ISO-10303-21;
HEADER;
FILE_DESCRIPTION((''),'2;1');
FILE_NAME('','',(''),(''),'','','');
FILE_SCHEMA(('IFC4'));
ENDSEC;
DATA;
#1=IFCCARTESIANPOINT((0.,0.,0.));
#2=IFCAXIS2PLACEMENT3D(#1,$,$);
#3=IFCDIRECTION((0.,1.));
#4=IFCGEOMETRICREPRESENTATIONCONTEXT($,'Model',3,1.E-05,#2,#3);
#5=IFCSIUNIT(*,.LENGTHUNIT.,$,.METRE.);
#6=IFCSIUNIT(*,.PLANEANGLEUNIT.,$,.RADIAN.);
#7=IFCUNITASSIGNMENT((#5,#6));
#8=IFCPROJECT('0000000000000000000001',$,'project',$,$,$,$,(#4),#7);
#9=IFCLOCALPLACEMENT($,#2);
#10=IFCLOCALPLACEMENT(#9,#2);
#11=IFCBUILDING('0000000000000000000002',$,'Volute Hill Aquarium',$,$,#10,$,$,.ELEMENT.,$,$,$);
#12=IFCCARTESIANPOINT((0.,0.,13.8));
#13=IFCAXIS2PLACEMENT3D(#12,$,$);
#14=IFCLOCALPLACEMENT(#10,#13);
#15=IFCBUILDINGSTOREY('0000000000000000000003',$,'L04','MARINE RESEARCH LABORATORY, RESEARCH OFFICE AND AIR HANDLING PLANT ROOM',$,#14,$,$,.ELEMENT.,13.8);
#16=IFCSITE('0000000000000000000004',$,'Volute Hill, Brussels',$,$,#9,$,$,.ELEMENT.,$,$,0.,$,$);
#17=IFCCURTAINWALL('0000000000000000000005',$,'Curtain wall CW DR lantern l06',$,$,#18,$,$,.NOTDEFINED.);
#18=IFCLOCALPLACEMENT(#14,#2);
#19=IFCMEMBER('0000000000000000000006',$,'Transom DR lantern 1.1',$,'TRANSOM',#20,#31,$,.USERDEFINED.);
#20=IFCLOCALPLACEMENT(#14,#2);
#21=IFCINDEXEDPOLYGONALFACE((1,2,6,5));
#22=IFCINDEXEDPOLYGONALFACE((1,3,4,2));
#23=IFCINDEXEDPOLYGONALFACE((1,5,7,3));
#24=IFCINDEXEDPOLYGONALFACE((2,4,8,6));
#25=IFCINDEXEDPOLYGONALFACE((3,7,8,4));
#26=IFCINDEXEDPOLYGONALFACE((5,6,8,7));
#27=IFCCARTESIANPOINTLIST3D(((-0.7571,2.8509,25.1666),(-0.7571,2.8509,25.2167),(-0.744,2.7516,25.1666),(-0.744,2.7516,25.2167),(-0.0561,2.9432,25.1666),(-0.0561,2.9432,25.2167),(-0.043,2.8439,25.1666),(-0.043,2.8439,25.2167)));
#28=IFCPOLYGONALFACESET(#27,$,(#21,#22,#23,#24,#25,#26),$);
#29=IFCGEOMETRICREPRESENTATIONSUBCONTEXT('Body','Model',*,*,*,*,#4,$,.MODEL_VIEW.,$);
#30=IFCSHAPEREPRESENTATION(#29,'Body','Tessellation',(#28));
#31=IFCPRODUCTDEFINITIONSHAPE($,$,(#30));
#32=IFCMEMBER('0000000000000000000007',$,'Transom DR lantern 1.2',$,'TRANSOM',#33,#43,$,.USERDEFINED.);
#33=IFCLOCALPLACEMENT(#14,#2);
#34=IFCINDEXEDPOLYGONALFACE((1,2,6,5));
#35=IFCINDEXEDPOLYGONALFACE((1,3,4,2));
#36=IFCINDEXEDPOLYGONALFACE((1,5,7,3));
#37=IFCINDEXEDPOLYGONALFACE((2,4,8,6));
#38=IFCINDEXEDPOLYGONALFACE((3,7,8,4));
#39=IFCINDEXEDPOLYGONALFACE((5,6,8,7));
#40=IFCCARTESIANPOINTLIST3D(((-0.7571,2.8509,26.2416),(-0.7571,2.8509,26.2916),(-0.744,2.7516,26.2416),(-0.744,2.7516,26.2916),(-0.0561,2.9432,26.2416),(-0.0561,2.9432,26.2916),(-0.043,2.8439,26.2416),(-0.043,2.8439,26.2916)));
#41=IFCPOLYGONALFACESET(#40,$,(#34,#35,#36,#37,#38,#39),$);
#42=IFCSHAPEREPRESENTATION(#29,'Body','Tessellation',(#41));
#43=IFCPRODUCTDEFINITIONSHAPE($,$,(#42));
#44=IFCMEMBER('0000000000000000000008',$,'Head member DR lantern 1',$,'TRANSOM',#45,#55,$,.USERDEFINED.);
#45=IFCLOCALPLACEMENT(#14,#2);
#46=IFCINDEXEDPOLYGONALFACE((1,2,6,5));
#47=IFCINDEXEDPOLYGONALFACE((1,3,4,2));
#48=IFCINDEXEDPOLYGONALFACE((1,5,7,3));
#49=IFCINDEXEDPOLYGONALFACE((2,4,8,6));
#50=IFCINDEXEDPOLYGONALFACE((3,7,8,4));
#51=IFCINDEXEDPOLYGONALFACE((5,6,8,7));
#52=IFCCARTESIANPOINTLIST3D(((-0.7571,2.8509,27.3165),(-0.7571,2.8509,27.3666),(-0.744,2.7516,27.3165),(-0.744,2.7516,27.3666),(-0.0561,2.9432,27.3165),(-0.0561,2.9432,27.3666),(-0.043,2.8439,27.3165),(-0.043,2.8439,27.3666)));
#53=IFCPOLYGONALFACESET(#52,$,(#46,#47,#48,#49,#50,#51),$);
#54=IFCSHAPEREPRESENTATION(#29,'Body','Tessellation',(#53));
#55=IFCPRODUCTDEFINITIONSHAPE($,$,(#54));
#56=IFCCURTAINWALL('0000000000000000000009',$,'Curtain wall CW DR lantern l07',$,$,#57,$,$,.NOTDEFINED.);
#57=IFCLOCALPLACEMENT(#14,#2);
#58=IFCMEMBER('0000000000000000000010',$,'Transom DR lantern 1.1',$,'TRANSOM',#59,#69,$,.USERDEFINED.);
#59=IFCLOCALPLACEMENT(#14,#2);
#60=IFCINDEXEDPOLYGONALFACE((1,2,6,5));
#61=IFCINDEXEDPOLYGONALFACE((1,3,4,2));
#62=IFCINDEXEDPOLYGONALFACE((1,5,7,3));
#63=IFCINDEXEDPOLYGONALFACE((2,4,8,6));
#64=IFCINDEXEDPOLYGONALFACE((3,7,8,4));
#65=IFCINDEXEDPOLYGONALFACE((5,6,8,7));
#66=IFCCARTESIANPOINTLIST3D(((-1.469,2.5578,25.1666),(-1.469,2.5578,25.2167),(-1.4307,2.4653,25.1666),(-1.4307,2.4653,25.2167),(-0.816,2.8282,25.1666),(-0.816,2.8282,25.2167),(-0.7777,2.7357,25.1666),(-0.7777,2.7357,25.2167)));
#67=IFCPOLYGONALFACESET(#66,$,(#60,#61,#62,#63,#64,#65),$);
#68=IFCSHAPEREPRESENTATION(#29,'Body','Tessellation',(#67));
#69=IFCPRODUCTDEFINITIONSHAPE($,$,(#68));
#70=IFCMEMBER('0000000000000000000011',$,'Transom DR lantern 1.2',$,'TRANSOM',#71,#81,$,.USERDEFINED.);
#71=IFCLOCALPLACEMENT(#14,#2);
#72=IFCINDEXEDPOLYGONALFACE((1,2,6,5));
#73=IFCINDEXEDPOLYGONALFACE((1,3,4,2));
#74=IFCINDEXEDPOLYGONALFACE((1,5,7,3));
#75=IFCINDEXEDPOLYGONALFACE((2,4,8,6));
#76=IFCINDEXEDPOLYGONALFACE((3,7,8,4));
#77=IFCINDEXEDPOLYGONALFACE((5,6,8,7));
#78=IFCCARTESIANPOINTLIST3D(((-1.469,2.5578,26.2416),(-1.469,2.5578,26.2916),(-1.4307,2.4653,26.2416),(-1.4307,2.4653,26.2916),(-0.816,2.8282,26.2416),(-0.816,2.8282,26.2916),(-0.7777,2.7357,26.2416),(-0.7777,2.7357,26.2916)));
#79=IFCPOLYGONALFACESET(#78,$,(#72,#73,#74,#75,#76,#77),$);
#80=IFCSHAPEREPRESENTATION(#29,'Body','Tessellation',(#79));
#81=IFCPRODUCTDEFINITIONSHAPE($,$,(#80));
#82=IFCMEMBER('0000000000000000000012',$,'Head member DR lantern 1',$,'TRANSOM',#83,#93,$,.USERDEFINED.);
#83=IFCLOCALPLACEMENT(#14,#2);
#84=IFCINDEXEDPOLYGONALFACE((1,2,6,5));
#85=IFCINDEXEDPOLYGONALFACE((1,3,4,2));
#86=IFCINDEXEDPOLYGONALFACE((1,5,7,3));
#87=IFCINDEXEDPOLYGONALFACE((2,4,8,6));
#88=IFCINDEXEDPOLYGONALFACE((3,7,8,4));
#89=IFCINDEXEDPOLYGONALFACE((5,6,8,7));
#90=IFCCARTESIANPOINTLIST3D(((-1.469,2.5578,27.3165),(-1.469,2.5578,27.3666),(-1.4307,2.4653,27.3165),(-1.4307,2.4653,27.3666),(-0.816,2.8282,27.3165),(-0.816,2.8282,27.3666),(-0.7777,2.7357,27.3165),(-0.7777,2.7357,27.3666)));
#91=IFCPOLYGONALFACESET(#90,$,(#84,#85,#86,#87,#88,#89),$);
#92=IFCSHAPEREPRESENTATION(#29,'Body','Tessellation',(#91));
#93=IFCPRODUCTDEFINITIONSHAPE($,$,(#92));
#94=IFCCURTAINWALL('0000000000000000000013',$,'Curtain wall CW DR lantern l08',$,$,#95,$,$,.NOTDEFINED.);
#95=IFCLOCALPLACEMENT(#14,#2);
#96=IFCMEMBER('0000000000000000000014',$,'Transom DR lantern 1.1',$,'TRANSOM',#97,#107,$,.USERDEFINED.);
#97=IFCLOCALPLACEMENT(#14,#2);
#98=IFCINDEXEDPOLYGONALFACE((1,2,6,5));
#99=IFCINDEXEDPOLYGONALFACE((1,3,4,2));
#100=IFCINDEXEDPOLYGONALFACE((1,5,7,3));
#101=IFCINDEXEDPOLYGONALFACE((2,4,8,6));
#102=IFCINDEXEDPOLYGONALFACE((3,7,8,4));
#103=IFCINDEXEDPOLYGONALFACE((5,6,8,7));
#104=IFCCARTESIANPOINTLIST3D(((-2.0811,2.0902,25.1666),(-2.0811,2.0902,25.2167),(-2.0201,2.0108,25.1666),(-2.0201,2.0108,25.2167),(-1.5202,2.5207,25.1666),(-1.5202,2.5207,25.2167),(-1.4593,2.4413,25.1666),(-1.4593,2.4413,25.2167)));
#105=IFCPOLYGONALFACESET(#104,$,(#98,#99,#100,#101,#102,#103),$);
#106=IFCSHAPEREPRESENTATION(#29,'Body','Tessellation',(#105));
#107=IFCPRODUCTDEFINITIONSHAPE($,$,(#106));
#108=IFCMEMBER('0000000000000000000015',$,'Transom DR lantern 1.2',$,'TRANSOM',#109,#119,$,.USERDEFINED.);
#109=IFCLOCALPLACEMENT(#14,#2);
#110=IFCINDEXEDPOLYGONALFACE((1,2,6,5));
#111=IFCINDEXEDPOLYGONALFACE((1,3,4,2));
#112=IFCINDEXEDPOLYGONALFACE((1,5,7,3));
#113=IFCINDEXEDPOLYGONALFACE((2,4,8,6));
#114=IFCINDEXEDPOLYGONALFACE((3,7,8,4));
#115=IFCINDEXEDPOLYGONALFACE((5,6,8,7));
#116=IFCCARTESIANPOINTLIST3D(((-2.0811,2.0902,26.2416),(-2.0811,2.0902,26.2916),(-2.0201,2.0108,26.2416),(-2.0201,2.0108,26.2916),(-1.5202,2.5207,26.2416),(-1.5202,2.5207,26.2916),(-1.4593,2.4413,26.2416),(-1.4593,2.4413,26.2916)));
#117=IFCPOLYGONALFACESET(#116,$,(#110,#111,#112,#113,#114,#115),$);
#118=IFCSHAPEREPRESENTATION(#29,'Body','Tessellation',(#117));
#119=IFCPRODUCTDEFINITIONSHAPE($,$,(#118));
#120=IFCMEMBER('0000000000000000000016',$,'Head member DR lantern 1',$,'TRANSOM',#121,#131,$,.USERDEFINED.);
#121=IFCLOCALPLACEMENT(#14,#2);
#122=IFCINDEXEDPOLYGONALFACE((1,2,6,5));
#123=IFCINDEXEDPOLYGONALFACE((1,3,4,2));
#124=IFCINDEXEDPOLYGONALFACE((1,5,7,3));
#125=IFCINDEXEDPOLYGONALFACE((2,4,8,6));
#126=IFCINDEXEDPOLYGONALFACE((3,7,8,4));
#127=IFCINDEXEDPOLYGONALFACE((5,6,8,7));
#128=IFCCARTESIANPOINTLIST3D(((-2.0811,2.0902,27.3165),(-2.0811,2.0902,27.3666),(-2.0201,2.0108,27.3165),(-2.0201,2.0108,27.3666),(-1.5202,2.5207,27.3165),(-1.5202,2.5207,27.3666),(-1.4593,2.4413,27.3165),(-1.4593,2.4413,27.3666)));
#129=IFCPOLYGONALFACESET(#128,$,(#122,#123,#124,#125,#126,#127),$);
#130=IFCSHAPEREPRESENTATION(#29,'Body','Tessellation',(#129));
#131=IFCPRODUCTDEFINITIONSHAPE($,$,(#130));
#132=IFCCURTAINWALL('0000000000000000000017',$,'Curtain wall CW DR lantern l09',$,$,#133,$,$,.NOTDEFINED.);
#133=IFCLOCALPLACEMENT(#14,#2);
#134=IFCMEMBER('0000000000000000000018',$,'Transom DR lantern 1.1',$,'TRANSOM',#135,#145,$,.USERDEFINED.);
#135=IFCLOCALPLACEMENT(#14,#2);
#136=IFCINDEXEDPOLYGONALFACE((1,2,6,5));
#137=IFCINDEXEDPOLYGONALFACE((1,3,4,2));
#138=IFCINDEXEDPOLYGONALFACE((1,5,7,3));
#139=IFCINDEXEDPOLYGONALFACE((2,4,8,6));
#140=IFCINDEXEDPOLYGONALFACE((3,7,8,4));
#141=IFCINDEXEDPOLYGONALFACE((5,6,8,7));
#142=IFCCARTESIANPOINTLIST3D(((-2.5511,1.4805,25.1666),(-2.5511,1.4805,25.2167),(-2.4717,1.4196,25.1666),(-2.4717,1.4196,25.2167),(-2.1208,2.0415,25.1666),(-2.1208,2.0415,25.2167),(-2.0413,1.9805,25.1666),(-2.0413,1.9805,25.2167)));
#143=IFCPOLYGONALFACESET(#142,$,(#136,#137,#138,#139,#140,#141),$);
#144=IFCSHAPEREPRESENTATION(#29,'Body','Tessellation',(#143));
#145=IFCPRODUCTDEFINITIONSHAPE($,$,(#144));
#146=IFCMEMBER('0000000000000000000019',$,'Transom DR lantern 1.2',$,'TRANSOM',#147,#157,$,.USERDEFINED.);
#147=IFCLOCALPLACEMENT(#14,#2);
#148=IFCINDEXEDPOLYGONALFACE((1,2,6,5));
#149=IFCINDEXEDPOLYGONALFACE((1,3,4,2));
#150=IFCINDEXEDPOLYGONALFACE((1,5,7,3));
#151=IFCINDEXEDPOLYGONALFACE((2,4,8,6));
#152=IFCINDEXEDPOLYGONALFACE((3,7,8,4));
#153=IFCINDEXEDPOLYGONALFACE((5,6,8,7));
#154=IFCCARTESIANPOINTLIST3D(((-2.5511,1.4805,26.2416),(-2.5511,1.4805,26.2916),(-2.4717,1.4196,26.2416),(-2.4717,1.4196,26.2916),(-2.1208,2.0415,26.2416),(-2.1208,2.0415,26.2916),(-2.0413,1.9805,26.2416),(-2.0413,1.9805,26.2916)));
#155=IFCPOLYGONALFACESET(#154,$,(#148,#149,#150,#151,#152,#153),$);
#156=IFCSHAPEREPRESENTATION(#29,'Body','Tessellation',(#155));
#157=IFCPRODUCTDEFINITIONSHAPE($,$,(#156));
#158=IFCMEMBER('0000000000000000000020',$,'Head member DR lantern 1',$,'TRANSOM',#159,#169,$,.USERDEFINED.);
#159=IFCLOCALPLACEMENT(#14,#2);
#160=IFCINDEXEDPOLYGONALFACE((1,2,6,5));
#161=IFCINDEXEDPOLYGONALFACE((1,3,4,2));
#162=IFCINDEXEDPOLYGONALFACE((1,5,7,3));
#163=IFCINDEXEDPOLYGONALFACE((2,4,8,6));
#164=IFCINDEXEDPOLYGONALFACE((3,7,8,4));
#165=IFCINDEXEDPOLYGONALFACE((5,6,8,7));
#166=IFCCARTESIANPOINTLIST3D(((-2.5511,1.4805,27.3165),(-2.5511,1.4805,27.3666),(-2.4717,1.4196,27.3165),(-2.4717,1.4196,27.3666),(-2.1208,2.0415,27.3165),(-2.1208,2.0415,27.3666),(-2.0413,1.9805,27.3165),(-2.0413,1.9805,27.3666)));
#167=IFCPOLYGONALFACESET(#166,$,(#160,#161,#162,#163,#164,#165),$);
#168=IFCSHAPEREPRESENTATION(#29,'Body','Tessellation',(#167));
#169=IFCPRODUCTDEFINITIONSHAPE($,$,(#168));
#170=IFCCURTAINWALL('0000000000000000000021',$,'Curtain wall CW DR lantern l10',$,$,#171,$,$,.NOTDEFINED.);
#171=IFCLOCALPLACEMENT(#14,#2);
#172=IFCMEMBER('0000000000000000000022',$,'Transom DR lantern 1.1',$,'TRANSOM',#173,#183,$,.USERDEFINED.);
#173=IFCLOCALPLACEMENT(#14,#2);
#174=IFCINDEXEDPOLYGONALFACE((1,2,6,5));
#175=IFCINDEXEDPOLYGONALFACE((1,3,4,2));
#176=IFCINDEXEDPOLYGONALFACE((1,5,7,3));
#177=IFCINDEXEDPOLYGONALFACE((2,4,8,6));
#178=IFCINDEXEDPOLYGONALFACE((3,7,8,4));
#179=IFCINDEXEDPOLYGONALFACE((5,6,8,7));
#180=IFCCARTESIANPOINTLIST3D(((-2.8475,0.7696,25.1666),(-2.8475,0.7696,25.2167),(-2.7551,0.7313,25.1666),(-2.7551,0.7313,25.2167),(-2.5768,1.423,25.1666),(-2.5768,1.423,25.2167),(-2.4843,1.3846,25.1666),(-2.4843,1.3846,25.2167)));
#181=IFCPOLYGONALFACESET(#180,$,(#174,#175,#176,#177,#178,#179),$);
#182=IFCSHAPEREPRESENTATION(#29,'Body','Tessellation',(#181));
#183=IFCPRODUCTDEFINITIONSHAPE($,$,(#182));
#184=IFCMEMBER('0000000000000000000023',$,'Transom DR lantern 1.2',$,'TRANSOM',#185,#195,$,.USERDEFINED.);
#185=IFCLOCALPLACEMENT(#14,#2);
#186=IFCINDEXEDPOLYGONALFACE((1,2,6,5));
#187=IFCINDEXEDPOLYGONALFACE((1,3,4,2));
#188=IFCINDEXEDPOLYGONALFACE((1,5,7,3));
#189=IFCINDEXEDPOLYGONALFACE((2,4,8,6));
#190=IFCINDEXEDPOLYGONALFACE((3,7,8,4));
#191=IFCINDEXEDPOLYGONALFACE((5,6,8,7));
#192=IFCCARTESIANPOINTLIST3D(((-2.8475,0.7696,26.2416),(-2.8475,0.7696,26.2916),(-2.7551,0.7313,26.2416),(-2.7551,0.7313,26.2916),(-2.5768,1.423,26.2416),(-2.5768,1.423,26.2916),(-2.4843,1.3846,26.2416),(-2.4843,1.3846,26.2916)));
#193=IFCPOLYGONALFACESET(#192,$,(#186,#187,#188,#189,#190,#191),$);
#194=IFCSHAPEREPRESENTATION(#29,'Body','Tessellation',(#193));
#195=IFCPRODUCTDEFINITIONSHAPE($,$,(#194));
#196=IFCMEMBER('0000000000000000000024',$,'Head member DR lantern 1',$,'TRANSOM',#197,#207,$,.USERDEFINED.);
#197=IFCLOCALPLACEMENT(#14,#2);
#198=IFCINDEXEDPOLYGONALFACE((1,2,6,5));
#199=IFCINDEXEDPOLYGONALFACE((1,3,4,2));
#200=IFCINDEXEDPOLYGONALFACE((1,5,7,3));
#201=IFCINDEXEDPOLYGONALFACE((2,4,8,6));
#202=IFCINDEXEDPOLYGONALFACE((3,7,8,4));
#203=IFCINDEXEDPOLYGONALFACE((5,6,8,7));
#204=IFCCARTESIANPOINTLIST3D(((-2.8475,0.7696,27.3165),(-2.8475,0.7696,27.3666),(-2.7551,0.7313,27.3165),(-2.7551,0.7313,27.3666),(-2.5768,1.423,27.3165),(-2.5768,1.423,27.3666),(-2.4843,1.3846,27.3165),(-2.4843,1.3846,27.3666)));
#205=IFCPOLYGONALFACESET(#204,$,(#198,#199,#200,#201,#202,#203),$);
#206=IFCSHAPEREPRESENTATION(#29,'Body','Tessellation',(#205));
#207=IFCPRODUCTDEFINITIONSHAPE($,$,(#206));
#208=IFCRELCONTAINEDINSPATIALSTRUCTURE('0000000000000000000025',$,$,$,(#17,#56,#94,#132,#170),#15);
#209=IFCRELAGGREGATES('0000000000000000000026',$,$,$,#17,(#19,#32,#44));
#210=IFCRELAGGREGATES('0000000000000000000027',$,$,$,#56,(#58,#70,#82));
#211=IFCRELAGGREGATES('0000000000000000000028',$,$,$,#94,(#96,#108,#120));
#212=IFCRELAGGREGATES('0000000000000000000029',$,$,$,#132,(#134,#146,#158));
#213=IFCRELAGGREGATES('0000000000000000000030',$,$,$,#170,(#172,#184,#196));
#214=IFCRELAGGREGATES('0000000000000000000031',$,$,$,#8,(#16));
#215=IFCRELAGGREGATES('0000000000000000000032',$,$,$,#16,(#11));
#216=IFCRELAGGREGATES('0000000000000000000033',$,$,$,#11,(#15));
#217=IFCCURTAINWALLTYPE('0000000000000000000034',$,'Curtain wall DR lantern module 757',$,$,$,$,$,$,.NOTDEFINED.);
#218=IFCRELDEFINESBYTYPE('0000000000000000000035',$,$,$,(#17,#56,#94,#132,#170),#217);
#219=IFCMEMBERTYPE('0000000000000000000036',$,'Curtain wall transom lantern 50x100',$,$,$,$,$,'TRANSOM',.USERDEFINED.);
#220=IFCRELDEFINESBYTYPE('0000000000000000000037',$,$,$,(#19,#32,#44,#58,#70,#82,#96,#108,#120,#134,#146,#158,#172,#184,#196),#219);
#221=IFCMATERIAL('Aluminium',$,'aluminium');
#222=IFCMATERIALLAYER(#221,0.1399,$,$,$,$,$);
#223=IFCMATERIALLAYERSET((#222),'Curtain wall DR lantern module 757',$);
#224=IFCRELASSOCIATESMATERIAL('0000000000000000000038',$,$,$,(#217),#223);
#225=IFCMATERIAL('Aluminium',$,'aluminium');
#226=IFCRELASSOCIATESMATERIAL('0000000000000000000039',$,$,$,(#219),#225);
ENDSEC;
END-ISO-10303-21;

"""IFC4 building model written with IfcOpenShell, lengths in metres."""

from ifc_helpers import new_model, si_unit, direction, frame, origin, origin_2d, place, context, subcontext, project, spatial, rectangle, extrude, material, layer, layer_set, material_profile, profile_set, type_object, element, aggregate, save


model = new_model("IFC4")

# Units and contexts
model_context = context("Model", 3, precision=1e-05, world=origin(), true_north=direction((0.0, 1.0)))
body_context = subcontext(model_context, "Body", "Model", "MODEL_VIEW")
ifc_project = project(units=[si_unit("LENGTHUNIT", "METRE"), si_unit("PLANEANGLEUNIT", "RADIAN")], contexts=[model_context])

# Site, building, storey
site_placement = place(None, origin())
site = spatial("IfcSite", under=ifc_project, at=site_placement, Name="Volute Hill, Brussels", CompositionType="ELEMENT", RefElevation=0.0)
building_placement = place(site_placement, origin())
building = spatial("IfcBuilding", under=site, at=building_placement, Name="Volute Hill Aquarium", CompositionType="ELEMENT")
storey_placement = place(building_placement, frame((0.0, 0.0, 13.8)))
storey = spatial("IfcBuildingStorey", under=building, at=storey_placement, Name="L04", Description="MARINE RESEARCH LABORATORY, RESEARCH OFFICE AND AIR HANDLING PLANT ROOM", CompositionType="ELEMENT", Elevation=13.8)

# Curtain walls, members
ifc_material_1 = material(Name="Aluminium", Category="aluminium")
ifc_layer_1 = layer(ifc_material_1, 0.1399)
ifc_layer_set_1 = layer_set([ifc_layer_1], Name="Curtain wall DR lantern module 757")
curtain_wall_type = type_object("IfcCurtainWallType", Name="Curtain wall DR lantern module 757", PredefinedType="NOTDEFINED", material=ifc_layer_set_1)
curtain_wall_1_placement = place(storey_placement, origin())
curtain_wall_1 = element("IfcCurtainWall", 1, at=curtain_wall_1_placement, inside=storey, type_object=curtain_wall_type, Name="Curtain wall CW DR lantern l06", PredefinedType="NOTDEFINED")
ifc_material_2 = material(Name="Aluminium", Category="aluminium")
ifc_material_profile = material_profile(ifc_material_2, rectangle(XDim=0.1001, YDim=0.05, at=origin_2d()), Name="Curtain wall transom lantern 50x100")
ifc_profile_set = profile_set([ifc_material_profile], Name="Aluminium")
member_type = type_object("IfcMemberType", Name="Curtain wall transom lantern 50x100", ElementType="TRANSOM", PredefinedType="USERDEFINED", material=ifc_profile_set)
member_1_placement = place(storey_placement, frame((-0.0496, 2.8936, 25.1917), z_axis=(-0.991444, -0.130535, 0.0), x_axis=(0.130535, -0.991444, 0.0)))
member_1 = element("IfcMember", 2, at=member_1_placement, type_object=member_type, Name="Transom DR lantern 1.1", ObjectType="TRANSOM", PredefinedType="USERDEFINED", context=body_context, shape_type="SweptSolid", body=[
    extrude(rectangle(XDim=0.1001, YDim=0.05, at=origin_2d()), origin(), (0.0, 0.0, 1.0), 0.707),
])
member_2_placement = place(storey_placement, frame((-0.0496, 2.8936, 26.2666), z_axis=(-0.991444, -0.130535, 0.0), x_axis=(0.130535, -0.991444, 0.0)))
member_2 = element("IfcMember", 3, at=member_2_placement, type_object=member_type, Name="Transom DR lantern 1.2", ObjectType="TRANSOM", PredefinedType="USERDEFINED", context=body_context, shape_type="SweptSolid", body=[
    extrude(rectangle(XDim=0.1001, YDim=0.05, at=origin_2d()), origin(), (0.0, 0.0, 1.0), 0.707),
])
member_3_placement = place(storey_placement, frame((-0.0496, 2.8936, 27.3416), z_axis=(-0.991444, -0.130535, 0.0), x_axis=(0.130535, -0.991444, 0.0)))
member_3 = element("IfcMember", 4, at=member_3_placement, type_object=member_type, Name="Head member DR lantern 1", ObjectType="TRANSOM", PredefinedType="USERDEFINED", context=body_context, shape_type="SweptSolid", body=[
    extrude(rectangle(XDim=0.1001, YDim=0.05, at=origin_2d()), origin(), (0.0, 0.0, 1.0), 0.707),
])
curtain_wall_2_placement = place(storey_placement, origin())
curtain_wall_2 = element("IfcCurtainWall", 5, at=curtain_wall_2_placement, inside=storey, type_object=curtain_wall_type, Name="Curtain wall CW DR lantern l07", PredefinedType="NOTDEFINED")
member_4_placement = place(storey_placement, frame((-0.7969, 2.782, 25.1917), z_axis=(-0.923882, -0.382677, 0.0), x_axis=(0.382677, -0.923882, 0.0)))
member_4 = element("IfcMember", 6, at=member_4_placement, type_object=member_type, Name="Transom DR lantern 1.1", ObjectType="TRANSOM", PredefinedType="USERDEFINED", context=body_context, shape_type="SweptSolid", body=[
    extrude(rectangle(XDim=0.1001, YDim=0.05, at=origin_2d()), origin(), (0.0, 0.0, 1.0), 0.7068),
])
member_5_placement = place(storey_placement, frame((-0.7969, 2.782, 26.2666), z_axis=(-0.923882, -0.382677, 0.0), x_axis=(0.382677, -0.923882, 0.0)))
member_5 = element("IfcMember", 7, at=member_5_placement, type_object=member_type, Name="Transom DR lantern 1.2", ObjectType="TRANSOM", PredefinedType="USERDEFINED", context=body_context, shape_type="SweptSolid", body=[
    extrude(rectangle(XDim=0.1001, YDim=0.05, at=origin_2d()), origin(), (0.0, 0.0, 1.0), 0.7068),
])
member_6_placement = place(storey_placement, frame((-0.7969, 2.782, 27.3416), z_axis=(-0.923882, -0.382677, 0.0), x_axis=(0.382677, -0.923882, 0.0)))
member_6 = element("IfcMember", 8, at=member_6_placement, type_object=member_type, Name="Head member DR lantern 1", ObjectType="TRANSOM", PredefinedType="USERDEFINED", context=body_context, shape_type="SweptSolid", body=[
    extrude(rectangle(XDim=0.1001, YDim=0.05, at=origin_2d()), origin(), (0.0, 0.0, 1.0), 0.7068),
])
curtain_wall_3_placement = place(storey_placement, origin())
curtain_wall_3 = element("IfcCurtainWall", 9, at=curtain_wall_3_placement, inside=storey, type_object=curtain_wall_type, Name="Curtain wall CW DR lantern l08", PredefinedType="NOTDEFINED")
member_7_placement = place(storey_placement, frame((-1.4897, 2.481, 25.1917), z_axis=(-0.793278, -0.608859, 0.0), x_axis=(0.608859, -0.793278, 0.0)))
member_7 = element("IfcMember", 10, at=member_7_placement, type_object=member_type, Name="Transom DR lantern 1.1", ObjectType="TRANSOM", PredefinedType="USERDEFINED", context=body_context, shape_type="SweptSolid", body=[
    extrude(rectangle(XDim=0.1001, YDim=0.05, at=origin_2d()), origin(), (0.0, 0.0, 1.0), 0.707),
])
member_8_placement = place(storey_placement, frame((-1.4897, 2.481, 26.2666), z_axis=(-0.793278, -0.608859, 0.0), x_axis=(0.608859, -0.793278, 0.0)))
member_8 = element("IfcMember", 11, at=member_8_placement, type_object=member_type, Name="Transom DR lantern 1.2", ObjectType="TRANSOM", PredefinedType="USERDEFINED", context=body_context, shape_type="SweptSolid", body=[
    extrude(rectangle(XDim=0.1001, YDim=0.05, at=origin_2d()), origin(), (0.0, 0.0, 1.0), 0.707),
])
member_9_placement = place(storey_placement, frame((-1.4897, 2.481, 27.3416), z_axis=(-0.793278, -0.608859, 0.0), x_axis=(0.608859, -0.793278, 0.0)))
member_9 = element("IfcMember", 12, at=member_9_placement, type_object=member_type, Name="Head member DR lantern 1", ObjectType="TRANSOM", PredefinedType="USERDEFINED", context=body_context, shape_type="SweptSolid", body=[
    extrude(rectangle(XDim=0.1001, YDim=0.05, at=origin_2d()), origin(), (0.0, 0.0, 1.0), 0.707),
])
curtain_wall_4_placement = place(storey_placement, origin())
curtain_wall_4 = element("IfcCurtainWall", 13, at=curtain_wall_4_placement, inside=storey, type_object=curtain_wall_type, Name="Curtain wall CW DR lantern l09", PredefinedType="NOTDEFINED")
member_10_placement = place(storey_placement, frame((-2.0811, 2.011, 25.1917), z_axis=(-0.608692, -0.793406, 0.0), x_axis=(0.793406, -0.608692, 0.0)))
member_10 = element("IfcMember", 14, at=member_10_placement, type_object=member_type, Name="Transom DR lantern 1.1", ObjectType="TRANSOM", PredefinedType="USERDEFINED", context=body_context, shape_type="SweptSolid", body=[
    extrude(rectangle(XDim=0.1001, YDim=0.05, at=origin_2d()), origin(), (0.0, 0.0, 1.0), 0.707),
])
member_11_placement = place(storey_placement, frame((-2.0811, 2.011, 26.2666), z_axis=(-0.608692, -0.793406, 0.0), x_axis=(0.793406, -0.608692, 0.0)))
member_11 = element("IfcMember", 15, at=member_11_placement, type_object=member_type, Name="Transom DR lantern 1.2", ObjectType="TRANSOM", PredefinedType="USERDEFINED", context=body_context, shape_type="SweptSolid", body=[
    extrude(rectangle(XDim=0.1001, YDim=0.05, at=origin_2d()), origin(), (0.0, 0.0, 1.0), 0.707),
])
member_12_placement = place(storey_placement, frame((-2.0811, 2.011, 27.3416), z_axis=(-0.608692, -0.793406, 0.0), x_axis=(0.793406, -0.608692, 0.0)))
member_12 = element("IfcMember", 16, at=member_12_placement, type_object=member_type, Name="Head member DR lantern 1", ObjectType="TRANSOM", PredefinedType="USERDEFINED", context=body_context, shape_type="SweptSolid", body=[
    extrude(rectangle(XDim=0.1001, YDim=0.05, at=origin_2d()), origin(), (0.0, 0.0, 1.0), 0.707),
])
curtain_wall_5_placement = place(storey_placement, origin())
curtain_wall_5 = element("IfcCurtainWall", 17, at=curtain_wall_5_placement, inside=storey, type_object=curtain_wall_type, Name="Curtain wall CW DR lantern l10", PredefinedType="NOTDEFINED")
member_13_placement = place(storey_placement, frame((-2.5305, 1.4038, 25.1917), z_axis=(-0.38285, -0.923811, 0.0), x_axis=(0.923811, -0.38285, 0.0)))
member_13 = element("IfcMember", 18, at=member_13_placement, type_object=member_type, Name="Transom DR lantern 1.1", ObjectType="TRANSOM", PredefinedType="USERDEFINED", context=body_context, shape_type="SweptSolid", body=[
    extrude(rectangle(XDim=0.1001, YDim=0.05, at=origin_2d()), origin(), (0.0, 0.0, 1.0), 0.7073),
])
member_14_placement = place(storey_placement, frame((-2.5305, 1.4038, 26.2666), z_axis=(-0.38285, -0.923811, 0.0), x_axis=(0.923811, -0.38285, 0.0)))
member_14 = element("IfcMember", 19, at=member_14_placement, type_object=member_type, Name="Transom DR lantern 1.2", ObjectType="TRANSOM", PredefinedType="USERDEFINED", context=body_context, shape_type="SweptSolid", body=[
    extrude(rectangle(XDim=0.1001, YDim=0.05, at=origin_2d()), origin(), (0.0, 0.0, 1.0), 0.7073),
])
member_15_placement = place(storey_placement, frame((-2.5305, 1.4038, 27.3416), z_axis=(-0.38285, -0.923811, 0.0), x_axis=(0.923811, -0.38285, 0.0)))
member_15 = element("IfcMember", 20, at=member_15_placement, type_object=member_type, Name="Head member DR lantern 1", ObjectType="TRANSOM", PredefinedType="USERDEFINED", context=body_context, shape_type="SweptSolid", body=[
    extrude(rectangle(XDim=0.1001, YDim=0.05, at=origin_2d()), origin(), (0.0, 0.0, 1.0), 0.7073),
])

aggregate(curtain_wall_1, [member_1, member_2, member_3])
aggregate(curtain_wall_2, [member_4, member_5, member_6])
aggregate(curtain_wall_3, [member_7, member_8, member_9])
aggregate(curtain_wall_4, [member_10, member_11, member_12])
aggregate(curtain_wall_5, [member_13, member_14, member_15])

save(model, "model.ifc")
